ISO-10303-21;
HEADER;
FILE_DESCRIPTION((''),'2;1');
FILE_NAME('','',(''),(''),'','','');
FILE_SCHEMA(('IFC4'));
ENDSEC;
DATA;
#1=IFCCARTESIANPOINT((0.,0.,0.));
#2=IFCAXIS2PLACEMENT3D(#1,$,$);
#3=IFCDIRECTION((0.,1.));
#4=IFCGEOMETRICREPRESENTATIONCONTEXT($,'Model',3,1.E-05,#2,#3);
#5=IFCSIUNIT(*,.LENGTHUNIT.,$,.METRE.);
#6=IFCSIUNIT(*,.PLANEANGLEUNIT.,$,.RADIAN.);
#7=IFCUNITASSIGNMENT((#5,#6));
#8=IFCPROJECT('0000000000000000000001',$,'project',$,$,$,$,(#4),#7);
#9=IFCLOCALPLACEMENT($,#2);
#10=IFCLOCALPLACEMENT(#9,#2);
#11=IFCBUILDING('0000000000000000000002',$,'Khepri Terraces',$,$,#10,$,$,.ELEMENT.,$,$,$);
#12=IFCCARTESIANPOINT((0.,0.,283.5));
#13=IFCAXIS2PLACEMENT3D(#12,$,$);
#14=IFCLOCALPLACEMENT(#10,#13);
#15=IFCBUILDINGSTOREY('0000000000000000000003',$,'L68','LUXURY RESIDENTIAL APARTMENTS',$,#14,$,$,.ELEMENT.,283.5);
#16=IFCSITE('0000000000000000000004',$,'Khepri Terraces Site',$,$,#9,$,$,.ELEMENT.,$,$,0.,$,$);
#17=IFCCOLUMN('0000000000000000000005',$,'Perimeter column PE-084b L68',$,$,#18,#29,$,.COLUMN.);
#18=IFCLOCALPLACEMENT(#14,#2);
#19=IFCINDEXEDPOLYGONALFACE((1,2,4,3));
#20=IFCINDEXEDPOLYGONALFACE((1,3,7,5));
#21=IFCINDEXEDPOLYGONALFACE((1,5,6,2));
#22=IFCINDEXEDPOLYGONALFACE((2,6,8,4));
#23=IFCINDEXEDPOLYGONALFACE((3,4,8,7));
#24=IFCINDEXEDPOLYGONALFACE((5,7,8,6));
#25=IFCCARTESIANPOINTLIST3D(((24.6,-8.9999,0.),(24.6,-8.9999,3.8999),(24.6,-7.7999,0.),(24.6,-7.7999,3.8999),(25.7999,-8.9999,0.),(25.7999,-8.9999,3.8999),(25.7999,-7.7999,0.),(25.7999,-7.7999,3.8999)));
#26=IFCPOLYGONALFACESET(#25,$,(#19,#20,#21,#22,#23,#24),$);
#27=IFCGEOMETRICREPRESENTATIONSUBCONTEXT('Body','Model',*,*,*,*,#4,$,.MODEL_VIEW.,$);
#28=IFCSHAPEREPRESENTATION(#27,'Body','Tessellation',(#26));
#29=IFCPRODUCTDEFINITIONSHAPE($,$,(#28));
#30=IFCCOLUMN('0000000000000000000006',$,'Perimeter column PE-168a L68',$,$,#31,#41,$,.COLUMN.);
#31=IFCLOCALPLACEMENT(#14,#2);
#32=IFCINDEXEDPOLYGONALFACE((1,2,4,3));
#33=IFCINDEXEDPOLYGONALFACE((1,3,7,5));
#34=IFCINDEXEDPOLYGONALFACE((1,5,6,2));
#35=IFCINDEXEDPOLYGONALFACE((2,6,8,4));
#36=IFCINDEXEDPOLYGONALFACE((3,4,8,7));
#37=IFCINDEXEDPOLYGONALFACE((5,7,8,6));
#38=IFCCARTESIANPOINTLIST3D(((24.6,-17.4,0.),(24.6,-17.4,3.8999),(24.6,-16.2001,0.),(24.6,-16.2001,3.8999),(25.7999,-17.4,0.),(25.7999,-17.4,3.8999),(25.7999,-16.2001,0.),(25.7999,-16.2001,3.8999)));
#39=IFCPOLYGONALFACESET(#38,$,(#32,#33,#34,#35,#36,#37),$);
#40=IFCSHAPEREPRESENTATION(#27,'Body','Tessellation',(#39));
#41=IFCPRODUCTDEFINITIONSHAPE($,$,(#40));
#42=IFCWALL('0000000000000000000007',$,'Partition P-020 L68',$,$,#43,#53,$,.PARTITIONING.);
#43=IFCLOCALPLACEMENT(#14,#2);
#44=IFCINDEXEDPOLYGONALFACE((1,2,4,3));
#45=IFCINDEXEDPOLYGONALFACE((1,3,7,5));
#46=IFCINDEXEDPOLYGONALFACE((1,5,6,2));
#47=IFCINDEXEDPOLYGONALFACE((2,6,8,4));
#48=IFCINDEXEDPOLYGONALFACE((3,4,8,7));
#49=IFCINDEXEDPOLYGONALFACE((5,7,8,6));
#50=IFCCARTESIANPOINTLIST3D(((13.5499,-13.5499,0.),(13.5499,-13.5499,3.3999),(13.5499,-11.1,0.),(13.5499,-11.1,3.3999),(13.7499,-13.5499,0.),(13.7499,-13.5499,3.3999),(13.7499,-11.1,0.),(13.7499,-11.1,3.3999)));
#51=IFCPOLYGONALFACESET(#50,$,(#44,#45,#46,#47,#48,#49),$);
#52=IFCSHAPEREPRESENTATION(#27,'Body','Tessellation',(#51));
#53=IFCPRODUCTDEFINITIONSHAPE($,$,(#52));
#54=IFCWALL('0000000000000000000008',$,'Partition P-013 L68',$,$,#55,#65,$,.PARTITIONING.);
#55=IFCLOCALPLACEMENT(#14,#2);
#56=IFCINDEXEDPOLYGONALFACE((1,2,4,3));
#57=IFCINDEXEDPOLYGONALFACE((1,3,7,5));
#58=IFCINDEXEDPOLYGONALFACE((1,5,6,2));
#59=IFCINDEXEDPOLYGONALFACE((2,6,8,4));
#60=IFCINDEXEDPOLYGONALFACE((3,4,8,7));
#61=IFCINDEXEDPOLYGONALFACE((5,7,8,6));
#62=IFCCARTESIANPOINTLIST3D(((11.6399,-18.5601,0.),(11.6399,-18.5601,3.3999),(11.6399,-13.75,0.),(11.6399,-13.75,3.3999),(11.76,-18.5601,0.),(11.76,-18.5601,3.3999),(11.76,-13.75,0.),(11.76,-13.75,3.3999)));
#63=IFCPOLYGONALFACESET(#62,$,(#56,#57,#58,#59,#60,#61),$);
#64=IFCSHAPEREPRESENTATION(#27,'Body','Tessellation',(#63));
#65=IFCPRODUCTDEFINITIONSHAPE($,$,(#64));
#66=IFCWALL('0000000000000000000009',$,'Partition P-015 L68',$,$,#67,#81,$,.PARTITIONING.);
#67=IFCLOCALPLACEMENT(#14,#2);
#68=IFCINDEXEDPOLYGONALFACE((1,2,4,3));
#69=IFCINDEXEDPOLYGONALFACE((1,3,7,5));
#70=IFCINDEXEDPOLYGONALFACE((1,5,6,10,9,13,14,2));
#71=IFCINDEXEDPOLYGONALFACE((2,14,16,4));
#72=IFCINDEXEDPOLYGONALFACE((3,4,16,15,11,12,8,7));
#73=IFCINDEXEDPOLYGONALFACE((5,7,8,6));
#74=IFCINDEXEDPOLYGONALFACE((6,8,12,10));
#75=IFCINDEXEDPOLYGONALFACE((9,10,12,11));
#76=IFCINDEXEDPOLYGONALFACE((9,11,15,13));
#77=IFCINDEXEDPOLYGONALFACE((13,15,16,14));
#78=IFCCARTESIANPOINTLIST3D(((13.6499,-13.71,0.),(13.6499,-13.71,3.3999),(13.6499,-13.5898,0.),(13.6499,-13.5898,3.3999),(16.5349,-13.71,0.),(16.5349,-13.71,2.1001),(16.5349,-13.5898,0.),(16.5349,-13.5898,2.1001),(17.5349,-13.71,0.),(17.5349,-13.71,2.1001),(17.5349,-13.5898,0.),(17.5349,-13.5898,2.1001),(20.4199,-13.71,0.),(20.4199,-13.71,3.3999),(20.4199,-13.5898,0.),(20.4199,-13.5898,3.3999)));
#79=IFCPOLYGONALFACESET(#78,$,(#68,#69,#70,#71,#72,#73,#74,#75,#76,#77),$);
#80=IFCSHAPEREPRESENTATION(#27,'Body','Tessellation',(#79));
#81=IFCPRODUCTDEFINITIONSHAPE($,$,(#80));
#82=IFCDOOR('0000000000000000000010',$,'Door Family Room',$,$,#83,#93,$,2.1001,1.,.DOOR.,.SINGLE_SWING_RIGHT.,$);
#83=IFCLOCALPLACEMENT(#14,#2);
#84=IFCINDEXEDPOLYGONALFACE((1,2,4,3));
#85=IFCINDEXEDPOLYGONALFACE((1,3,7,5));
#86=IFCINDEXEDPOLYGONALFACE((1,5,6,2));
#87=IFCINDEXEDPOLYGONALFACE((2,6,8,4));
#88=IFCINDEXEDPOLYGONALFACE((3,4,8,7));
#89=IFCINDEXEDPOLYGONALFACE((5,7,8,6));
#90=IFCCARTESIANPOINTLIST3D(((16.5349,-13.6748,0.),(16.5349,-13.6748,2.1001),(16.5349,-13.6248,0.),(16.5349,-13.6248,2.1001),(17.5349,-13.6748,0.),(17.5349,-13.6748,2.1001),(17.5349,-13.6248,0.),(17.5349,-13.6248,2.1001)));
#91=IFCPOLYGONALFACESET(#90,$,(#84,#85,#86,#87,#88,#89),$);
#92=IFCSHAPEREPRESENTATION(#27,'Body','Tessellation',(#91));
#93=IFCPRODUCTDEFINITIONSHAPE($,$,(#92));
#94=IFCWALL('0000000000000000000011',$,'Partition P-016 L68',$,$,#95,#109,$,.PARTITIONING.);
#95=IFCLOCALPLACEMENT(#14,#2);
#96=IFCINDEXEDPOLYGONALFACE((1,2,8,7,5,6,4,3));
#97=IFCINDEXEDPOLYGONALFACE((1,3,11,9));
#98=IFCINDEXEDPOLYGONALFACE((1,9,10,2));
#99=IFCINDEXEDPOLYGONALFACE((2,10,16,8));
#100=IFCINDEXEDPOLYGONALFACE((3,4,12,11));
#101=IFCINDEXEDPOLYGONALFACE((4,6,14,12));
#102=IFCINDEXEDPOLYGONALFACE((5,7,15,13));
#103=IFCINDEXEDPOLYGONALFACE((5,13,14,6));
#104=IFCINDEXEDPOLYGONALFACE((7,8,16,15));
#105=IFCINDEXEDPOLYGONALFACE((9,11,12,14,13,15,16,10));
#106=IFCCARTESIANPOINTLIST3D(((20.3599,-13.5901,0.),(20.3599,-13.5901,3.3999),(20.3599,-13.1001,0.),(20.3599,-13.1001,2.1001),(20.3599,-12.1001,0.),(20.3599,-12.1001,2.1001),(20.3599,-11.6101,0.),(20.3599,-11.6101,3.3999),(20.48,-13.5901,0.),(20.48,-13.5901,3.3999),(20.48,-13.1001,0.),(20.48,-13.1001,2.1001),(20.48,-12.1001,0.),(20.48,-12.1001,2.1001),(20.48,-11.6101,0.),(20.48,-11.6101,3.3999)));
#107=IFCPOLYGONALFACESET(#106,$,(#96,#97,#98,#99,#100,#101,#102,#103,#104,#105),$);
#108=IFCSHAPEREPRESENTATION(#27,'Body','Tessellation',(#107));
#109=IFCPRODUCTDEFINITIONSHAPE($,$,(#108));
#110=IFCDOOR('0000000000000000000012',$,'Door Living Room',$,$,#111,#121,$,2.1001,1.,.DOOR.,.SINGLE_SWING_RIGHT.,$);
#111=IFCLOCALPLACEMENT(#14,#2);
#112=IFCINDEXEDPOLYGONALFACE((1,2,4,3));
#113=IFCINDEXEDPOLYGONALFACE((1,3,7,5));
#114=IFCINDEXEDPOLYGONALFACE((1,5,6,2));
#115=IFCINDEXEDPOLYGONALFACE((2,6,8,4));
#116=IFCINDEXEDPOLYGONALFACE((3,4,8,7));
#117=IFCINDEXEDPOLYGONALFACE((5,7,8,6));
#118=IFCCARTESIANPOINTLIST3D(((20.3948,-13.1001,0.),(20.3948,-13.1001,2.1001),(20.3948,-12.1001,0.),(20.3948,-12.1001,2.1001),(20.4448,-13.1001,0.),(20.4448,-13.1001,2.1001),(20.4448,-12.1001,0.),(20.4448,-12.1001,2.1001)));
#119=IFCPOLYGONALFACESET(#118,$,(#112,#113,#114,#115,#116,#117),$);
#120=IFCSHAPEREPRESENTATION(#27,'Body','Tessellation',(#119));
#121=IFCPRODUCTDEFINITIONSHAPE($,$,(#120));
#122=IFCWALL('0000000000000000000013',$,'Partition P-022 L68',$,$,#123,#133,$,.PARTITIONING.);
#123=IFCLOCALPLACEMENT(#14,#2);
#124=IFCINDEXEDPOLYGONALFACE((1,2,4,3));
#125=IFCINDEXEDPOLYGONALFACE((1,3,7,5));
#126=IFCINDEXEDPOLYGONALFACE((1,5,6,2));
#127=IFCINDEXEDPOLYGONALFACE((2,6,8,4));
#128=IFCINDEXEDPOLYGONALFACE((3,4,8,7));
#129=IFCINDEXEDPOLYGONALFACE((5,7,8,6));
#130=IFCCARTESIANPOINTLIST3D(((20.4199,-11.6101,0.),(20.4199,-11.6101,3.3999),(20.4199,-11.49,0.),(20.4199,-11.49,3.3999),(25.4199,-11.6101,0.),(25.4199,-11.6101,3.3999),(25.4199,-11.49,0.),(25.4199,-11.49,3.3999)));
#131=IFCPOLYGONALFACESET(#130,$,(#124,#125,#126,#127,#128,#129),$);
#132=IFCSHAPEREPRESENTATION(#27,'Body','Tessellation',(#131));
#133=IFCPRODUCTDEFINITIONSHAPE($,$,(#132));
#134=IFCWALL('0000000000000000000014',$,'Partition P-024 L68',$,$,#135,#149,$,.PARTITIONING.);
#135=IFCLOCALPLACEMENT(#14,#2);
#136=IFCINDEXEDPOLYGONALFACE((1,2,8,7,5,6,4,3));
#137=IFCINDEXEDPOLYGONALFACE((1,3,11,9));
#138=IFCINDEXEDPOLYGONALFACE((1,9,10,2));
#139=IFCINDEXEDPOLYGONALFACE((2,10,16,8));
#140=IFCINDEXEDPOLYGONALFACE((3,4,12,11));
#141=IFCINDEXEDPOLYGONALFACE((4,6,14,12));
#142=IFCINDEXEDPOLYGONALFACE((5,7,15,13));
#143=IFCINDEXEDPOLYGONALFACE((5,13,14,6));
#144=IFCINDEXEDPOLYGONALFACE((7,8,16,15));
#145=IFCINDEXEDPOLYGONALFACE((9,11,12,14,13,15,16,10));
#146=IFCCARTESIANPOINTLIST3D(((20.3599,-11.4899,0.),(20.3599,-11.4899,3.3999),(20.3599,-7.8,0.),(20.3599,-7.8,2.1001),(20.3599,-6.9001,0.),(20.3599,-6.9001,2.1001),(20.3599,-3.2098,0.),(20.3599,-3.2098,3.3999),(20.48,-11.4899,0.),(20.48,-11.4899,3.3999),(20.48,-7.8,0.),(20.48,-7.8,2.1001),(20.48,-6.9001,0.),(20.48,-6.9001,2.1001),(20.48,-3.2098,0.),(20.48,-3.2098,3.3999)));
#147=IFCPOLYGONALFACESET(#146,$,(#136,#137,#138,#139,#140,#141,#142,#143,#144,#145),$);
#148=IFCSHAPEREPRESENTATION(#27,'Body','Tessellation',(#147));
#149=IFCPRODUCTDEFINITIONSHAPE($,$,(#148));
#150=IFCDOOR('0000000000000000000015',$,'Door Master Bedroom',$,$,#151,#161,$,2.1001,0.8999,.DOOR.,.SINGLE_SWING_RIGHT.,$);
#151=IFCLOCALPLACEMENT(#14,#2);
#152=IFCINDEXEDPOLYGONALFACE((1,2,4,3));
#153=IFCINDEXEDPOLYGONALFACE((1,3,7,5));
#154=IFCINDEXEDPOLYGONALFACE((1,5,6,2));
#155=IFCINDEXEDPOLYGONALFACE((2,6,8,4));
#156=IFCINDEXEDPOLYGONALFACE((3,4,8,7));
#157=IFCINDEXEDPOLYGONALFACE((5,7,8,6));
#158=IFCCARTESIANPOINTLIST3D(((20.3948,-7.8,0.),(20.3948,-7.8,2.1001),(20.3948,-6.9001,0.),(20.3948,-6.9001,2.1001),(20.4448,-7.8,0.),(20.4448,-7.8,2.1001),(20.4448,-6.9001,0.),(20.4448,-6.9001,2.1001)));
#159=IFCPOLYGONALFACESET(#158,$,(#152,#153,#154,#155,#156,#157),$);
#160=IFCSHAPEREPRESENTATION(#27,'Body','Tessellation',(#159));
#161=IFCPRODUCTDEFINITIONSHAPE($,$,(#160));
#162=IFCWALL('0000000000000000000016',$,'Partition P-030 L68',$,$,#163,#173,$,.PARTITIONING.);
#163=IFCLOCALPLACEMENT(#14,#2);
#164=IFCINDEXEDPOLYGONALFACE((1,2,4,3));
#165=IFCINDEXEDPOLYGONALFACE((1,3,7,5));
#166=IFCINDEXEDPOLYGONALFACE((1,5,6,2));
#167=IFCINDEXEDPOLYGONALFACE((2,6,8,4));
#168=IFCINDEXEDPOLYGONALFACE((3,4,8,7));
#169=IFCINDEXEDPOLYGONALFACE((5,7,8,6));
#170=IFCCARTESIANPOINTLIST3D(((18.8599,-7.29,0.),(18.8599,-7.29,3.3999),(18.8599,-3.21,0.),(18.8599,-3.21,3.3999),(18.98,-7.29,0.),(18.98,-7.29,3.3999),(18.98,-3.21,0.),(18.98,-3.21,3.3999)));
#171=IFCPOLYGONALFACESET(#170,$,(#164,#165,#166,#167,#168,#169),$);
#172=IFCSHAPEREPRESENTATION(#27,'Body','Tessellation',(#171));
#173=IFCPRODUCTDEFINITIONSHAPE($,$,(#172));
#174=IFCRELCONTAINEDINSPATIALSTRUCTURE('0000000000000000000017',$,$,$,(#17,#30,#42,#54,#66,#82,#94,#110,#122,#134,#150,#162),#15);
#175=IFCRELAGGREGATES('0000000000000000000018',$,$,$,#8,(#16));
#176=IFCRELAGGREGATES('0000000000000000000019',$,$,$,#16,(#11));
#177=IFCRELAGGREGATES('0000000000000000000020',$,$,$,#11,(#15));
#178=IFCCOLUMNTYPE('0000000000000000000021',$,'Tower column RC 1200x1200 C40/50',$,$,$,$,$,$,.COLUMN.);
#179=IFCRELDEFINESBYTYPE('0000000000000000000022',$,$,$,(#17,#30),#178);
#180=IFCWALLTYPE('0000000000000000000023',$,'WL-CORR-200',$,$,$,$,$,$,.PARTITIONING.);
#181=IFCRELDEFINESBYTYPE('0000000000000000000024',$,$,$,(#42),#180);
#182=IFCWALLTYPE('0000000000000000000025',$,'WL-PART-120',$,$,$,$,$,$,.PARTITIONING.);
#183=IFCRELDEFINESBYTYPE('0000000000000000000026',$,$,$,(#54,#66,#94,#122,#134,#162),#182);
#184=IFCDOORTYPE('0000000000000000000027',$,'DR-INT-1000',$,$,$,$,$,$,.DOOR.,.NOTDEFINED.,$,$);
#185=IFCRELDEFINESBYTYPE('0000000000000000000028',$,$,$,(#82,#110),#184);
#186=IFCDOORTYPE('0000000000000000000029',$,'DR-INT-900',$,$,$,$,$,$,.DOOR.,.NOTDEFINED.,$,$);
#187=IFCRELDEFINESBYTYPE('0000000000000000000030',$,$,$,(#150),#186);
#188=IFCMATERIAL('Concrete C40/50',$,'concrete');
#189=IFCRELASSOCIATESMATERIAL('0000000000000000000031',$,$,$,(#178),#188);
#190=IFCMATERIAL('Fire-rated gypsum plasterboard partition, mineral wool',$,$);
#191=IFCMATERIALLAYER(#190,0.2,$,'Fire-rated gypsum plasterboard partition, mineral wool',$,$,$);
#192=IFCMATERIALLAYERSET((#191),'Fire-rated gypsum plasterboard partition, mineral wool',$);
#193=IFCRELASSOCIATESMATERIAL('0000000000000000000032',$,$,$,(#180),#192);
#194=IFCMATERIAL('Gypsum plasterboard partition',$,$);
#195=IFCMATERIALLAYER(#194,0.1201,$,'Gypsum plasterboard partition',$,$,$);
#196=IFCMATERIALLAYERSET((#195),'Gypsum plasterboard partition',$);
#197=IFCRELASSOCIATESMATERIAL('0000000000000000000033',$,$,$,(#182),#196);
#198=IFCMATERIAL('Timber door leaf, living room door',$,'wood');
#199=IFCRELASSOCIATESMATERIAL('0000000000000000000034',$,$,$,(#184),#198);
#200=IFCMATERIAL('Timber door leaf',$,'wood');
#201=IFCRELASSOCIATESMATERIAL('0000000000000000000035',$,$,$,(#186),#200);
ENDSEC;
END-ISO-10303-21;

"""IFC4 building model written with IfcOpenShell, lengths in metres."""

from ifc_helpers import new_model, si_unit, direction, frame, frame_2d, origin, origin_2d, place, context, subcontext, project, spatial, rectangle, extrude, material, layer, layer_set, material_profile, profile_set, type_object, element, fill, save


model = new_model("IFC4")

# Units and contexts
model_context = context("Model", 3, precision=1e-05, world=origin(), true_north=direction((0.0, 1.0)))
body_context = subcontext(model_context, "Body", "Model", "MODEL_VIEW")
ifc_project = project(units=[si_unit("LENGTHUNIT", "METRE"), si_unit("PLANEANGLEUNIT", "RADIAN")], contexts=[model_context])

# Site, building, storey
site_placement = place(None, origin())
site = spatial("IfcSite", under=ifc_project, at=site_placement, Name="Khepri Terraces Site", CompositionType="ELEMENT", RefElevation=0.0)
building_placement = place(site_placement, origin())
building = spatial("IfcBuilding", under=site, at=building_placement, Name="Khepri Terraces", CompositionType="ELEMENT")
storey_placement = place(building_placement, frame((0.0, 0.0, 283.5)))
storey = spatial("IfcBuildingStorey", under=building, at=storey_placement, Name="L68", Description="LUXURY RESIDENTIAL APARTMENTS", CompositionType="ELEMENT", Elevation=283.5)

# Columns
ifc_material_1 = material(Name="Concrete C40/50", Category="concrete")
ifc_material_profile = material_profile(ifc_material_1, rectangle(XDim=1.2, YDim=1.2, at=origin_2d()), Name="Concrete C40/50", Category="concrete")
ifc_profile_set = profile_set([ifc_material_profile], Name="Concrete C40/50")
column_type = type_object("IfcColumnType", Name="Tower column RC 1200x1200 C40/50", PredefinedType="COLUMN", material=ifc_profile_set)
for number, where, z_axis, x_axis, name in (
    (1, (25.2, -8.3999, 0.0), (0.0, 0.0, 1.0), (1.0, 0.0, 0.0), "Perimeter column PE-084b L68"),
    (2, (25.2, -16.8, 0.0), (0.0, 0.0, 1.0), (1.0, 0.0, 0.0), "Perimeter column PE-168a L68"),
):
    element("IfcColumn", number, at=place(storey_placement, frame(where, z_axis=z_axis, x_axis=x_axis)), inside=storey, type_object=column_type, Name=name, PredefinedType="COLUMN", context=body_context, shape_type="SweptSolid", body=[
        extrude(rectangle(XDim=1.2, YDim=1.2, at=origin_2d()), origin(), (0.0, 0.0, 1.0), 3.8999),
    ])

# Wall
ifc_material_2 = material(Name="Fire-rated gypsum plasterboard partition, mineral wool")
ifc_layer_1 = layer(ifc_material_2, 0.2, Name="Fire-rated gypsum plasterboard partition, mineral wool")
ifc_layer_set_1 = layer_set([ifc_layer_1], Name="Fire-rated gypsum plasterboard partition, mineral wool")
wall_type_1 = type_object("IfcWallType", Name="WL-CORR-200", PredefinedType="PARTITIONING", material=ifc_layer_set_1)
wall_1_placement = place(storey_placement, frame((13.6499, -13.55, 0.0), z_axis=(0.0, 0.0, 1.0), x_axis=(0.0, 1.0, 0.0)))
element("IfcWall", 3, at=wall_1_placement, inside=storey, type_object=wall_type_1, Name="Partition P-020 L68", PredefinedType="PARTITIONING", context=body_context, shape_type="SweptSolid", body=[
    extrude(rectangle(XDim=2.45, YDim=0.2, at=frame_2d((1.2251, 0.0))), origin(), (0.0, 0.0, 1.0), 3.3999),
])

# Wall
ifc_material_3 = material(Name="Gypsum plasterboard partition")
ifc_layer_2 = layer(ifc_material_3, 0.1201, Name="Gypsum plasterboard partition")
ifc_layer_set_2 = layer_set([ifc_layer_2], Name="Gypsum plasterboard partition")
wall_type_2 = type_object("IfcWallType", Name="WL-PART-120", PredefinedType="PARTITIONING", material=ifc_layer_set_2)
wall_2_placement = place(storey_placement, frame((11.7, -18.5601, 0.0), z_axis=(0.0, 0.0, 1.0), x_axis=(0.0, 1.0, 0.0)))
element("IfcWall", 4, at=wall_2_placement, inside=storey, type_object=wall_type_2, Name="Partition P-013 L68", PredefinedType="PARTITIONING", context=body_context, shape_type="SweptSolid", body=[
    extrude(rectangle(XDim=4.8101, YDim=0.1201, at=frame_2d((2.405, 0.0))), origin(), (0.0, 0.0, 1.0), 3.3999),
])

# Walls, openings, doors
wall_3_placement = place(storey_placement, frame((13.6499, -13.6499, 0.0), z_axis=(0.0, 0.0, 1.0), x_axis=(1.0, 0.0, 0.0)))
wall_3 = element("IfcWall", 5, at=wall_3_placement, inside=storey, type_object=wall_type_2, Name="Partition P-015 L68", PredefinedType="PARTITIONING", context=body_context, shape_type="SweptSolid", body=[
    extrude(rectangle(XDim=6.77, YDim=0.1201, at=frame_2d((3.385, 0.0))), origin(), (0.0, 0.0, 1.0), 3.3999),
])
opening_1_placement = place(wall_3_placement, frame((2.885, 0.0, 0.0)))
opening_1 = element("IfcOpeningElement", 6, at=opening_1_placement, cuts=wall_3, PredefinedType="OPENING", context=body_context, shape_type="SweptSolid", body=[
    extrude(rectangle(XDim=1.0, YDim=2.1001, at=frame_2d((0.5, 1.05))), frame((0.0, 0.0701, 0.0), z_axis=(0.0, -1.0, 0.0), x_axis=(1.0, 0.0, 0.0)), (0.0, 0.0, 1.0), 0.1401),
])
ifc_material_4 = material(Name="Timber door leaf, living room door", Category="wood")
door_type_1 = type_object("IfcDoorType", Name="DR-INT-1000", OperationType="NOTDEFINED", PredefinedType="DOOR", material=ifc_material_4)
door_1_placement = place(opening_1_placement, frame((1.0, 0.0, 0.0), z_axis=(0.0, 0.0, 1.0), x_axis=(-1.0, 0.0, 0.0)))
door_1 = element("IfcDoor", 7, at=door_1_placement, inside=storey, type_object=door_type_1, Name="Door Family Room", OperationType="SINGLE_SWING_RIGHT", OverallHeight=2.1001, OverallWidth=1.0, PredefinedType="DOOR", context=body_context, shape_type="SweptSolid", body=[
    extrude(rectangle(XDim=1.0, YDim=2.1001, at=frame_2d((0.5, 1.05))), frame((0.0, 0.0249, 0.0), z_axis=(0.0, -1.0, 0.0), x_axis=(1.0, 0.0, 0.0)), (0.0, 0.0, 1.0), 0.05),
])
fill(opening_1, door_1)
wall_4_placement = place(storey_placement, frame((20.4199, -13.5901, 0.0), z_axis=(0.0, 0.0, 1.0), x_axis=(0.0, 1.0, 0.0)))
wall_4 = element("IfcWall", 8, at=wall_4_placement, inside=storey, type_object=wall_type_2, Name="Partition P-016 L68", PredefinedType="PARTITIONING", context=body_context, shape_type="SweptSolid", body=[
    extrude(rectangle(XDim=1.98, YDim=0.1201, at=frame_2d((0.99, 0.0))), origin(), (0.0, 0.0, 1.0), 3.3999),
])
opening_2_placement = place(wall_4_placement, frame((0.49, 0.0, 0.0)))
opening_2 = element("IfcOpeningElement", 9, at=opening_2_placement, cuts=wall_4, PredefinedType="OPENING", context=body_context, shape_type="SweptSolid", body=[
    extrude(rectangle(XDim=1.0, YDim=2.1001, at=frame_2d((0.5, 1.05))), frame((0.0, 0.0701, 0.0), z_axis=(0.0, -1.0, 0.0), x_axis=(1.0, 0.0, 0.0)), (0.0, 0.0, 1.0), 0.1401),
])
door_2_placement = place(opening_2_placement, frame((1.0, 0.0, 0.0), z_axis=(0.0, 0.0, 1.0), x_axis=(-1.0, 0.0, 0.0)))
door_2 = element("IfcDoor", 10, at=door_2_placement, inside=storey, type_object=door_type_1, Name="Door Living Room", OperationType="SINGLE_SWING_RIGHT", OverallHeight=2.1001, OverallWidth=1.0, PredefinedType="DOOR", context=body_context, shape_type="SweptSolid", body=[
    extrude(rectangle(XDim=1.0, YDim=2.1001, at=frame_2d((0.5, 1.05))), frame((0.0, 0.0249, 0.0), z_axis=(0.0, -1.0, 0.0), x_axis=(1.0, 0.0, 0.0)), (0.0, 0.0, 1.0), 0.05),
])
fill(opening_2, door_2)

# Wall
wall_5_placement = place(storey_placement, frame((20.4199, -11.55, 0.0), z_axis=(0.0, 0.0, 1.0), x_axis=(1.0, 0.0, 0.0)))
element("IfcWall", 11, at=wall_5_placement, inside=storey, type_object=wall_type_2, Name="Partition P-022 L68", PredefinedType="PARTITIONING", context=body_context, shape_type="SweptSolid", body=[
    extrude(rectangle(XDim=5.0, YDim=0.1201, at=frame_2d((2.5, 0.0))), origin(), (0.0, 0.0, 1.0), 3.3999),
])

# Wall, opening, door
wall_6_placement = place(storey_placement, frame((20.4199, -11.49, 0.0), z_axis=(0.0, 0.0, 1.0), x_axis=(0.0, 1.0, 0.0)))
wall_6 = element("IfcWall", 12, at=wall_6_placement, inside=storey, type_object=wall_type_2, Name="Partition P-024 L68", PredefinedType="PARTITIONING", context=body_context, shape_type="SweptSolid", body=[
    extrude(rectangle(XDim=8.28, YDim=0.1201, at=frame_2d((4.1401, 0.0))), origin(), (0.0, 0.0, 1.0), 3.3999),
])
opening_3_placement = place(wall_6_placement, frame((3.6899, 0.0, 0.0)))
opening_3 = element("IfcOpeningElement", 13, at=opening_3_placement, cuts=wall_6, PredefinedType="OPENING", context=body_context, shape_type="SweptSolid", body=[
    extrude(rectangle(XDim=0.8999, YDim=2.1001, at=frame_2d((0.45, 1.05))), frame((0.0, 0.0701, 0.0), z_axis=(0.0, -1.0, 0.0), x_axis=(1.0, 0.0, 0.0)), (0.0, 0.0, 1.0), 0.1401),
])
ifc_material_5 = material(Name="Timber door leaf", Category="wood")
door_type_2 = type_object("IfcDoorType", Name="DR-INT-900", OperationType="NOTDEFINED", PredefinedType="DOOR", material=ifc_material_5)
door_3_placement = place(opening_3_placement, frame((0.8999, 0.0, 0.0), z_axis=(0.0, 0.0, 1.0), x_axis=(-1.0, 0.0, 0.0)))
door_3 = element("IfcDoor", 14, at=door_3_placement, inside=storey, type_object=door_type_2, Name="Door Master Bedroom", OperationType="SINGLE_SWING_RIGHT", OverallHeight=2.1001, OverallWidth=0.8999, PredefinedType="DOOR", context=body_context, shape_type="SweptSolid", body=[
    extrude(rectangle(XDim=0.8999, YDim=2.1001, at=frame_2d((0.45, 1.05))), frame((0.0, 0.0249, 0.0), z_axis=(0.0, -1.0, 0.0), x_axis=(1.0, 0.0, 0.0)), (0.0, 0.0, 1.0), 0.05),
])
fill(opening_3, door_3)

# Wall
wall_7_placement = place(storey_placement, frame((18.9199, -7.29, 0.0), z_axis=(0.0, 0.0, 1.0), x_axis=(0.0, 1.0, 0.0)))
element("IfcWall", 15, at=wall_7_placement, inside=storey, type_object=wall_type_2, Name="Partition P-030 L68", PredefinedType="PARTITIONING", context=body_context, shape_type="SweptSolid", body=[
    extrude(rectangle(XDim=4.0801, YDim=0.1201, at=frame_2d((2.04, 0.0))), origin(), (0.0, 0.0, 1.0), 3.3999),
])

save(model, "model.ifc")
